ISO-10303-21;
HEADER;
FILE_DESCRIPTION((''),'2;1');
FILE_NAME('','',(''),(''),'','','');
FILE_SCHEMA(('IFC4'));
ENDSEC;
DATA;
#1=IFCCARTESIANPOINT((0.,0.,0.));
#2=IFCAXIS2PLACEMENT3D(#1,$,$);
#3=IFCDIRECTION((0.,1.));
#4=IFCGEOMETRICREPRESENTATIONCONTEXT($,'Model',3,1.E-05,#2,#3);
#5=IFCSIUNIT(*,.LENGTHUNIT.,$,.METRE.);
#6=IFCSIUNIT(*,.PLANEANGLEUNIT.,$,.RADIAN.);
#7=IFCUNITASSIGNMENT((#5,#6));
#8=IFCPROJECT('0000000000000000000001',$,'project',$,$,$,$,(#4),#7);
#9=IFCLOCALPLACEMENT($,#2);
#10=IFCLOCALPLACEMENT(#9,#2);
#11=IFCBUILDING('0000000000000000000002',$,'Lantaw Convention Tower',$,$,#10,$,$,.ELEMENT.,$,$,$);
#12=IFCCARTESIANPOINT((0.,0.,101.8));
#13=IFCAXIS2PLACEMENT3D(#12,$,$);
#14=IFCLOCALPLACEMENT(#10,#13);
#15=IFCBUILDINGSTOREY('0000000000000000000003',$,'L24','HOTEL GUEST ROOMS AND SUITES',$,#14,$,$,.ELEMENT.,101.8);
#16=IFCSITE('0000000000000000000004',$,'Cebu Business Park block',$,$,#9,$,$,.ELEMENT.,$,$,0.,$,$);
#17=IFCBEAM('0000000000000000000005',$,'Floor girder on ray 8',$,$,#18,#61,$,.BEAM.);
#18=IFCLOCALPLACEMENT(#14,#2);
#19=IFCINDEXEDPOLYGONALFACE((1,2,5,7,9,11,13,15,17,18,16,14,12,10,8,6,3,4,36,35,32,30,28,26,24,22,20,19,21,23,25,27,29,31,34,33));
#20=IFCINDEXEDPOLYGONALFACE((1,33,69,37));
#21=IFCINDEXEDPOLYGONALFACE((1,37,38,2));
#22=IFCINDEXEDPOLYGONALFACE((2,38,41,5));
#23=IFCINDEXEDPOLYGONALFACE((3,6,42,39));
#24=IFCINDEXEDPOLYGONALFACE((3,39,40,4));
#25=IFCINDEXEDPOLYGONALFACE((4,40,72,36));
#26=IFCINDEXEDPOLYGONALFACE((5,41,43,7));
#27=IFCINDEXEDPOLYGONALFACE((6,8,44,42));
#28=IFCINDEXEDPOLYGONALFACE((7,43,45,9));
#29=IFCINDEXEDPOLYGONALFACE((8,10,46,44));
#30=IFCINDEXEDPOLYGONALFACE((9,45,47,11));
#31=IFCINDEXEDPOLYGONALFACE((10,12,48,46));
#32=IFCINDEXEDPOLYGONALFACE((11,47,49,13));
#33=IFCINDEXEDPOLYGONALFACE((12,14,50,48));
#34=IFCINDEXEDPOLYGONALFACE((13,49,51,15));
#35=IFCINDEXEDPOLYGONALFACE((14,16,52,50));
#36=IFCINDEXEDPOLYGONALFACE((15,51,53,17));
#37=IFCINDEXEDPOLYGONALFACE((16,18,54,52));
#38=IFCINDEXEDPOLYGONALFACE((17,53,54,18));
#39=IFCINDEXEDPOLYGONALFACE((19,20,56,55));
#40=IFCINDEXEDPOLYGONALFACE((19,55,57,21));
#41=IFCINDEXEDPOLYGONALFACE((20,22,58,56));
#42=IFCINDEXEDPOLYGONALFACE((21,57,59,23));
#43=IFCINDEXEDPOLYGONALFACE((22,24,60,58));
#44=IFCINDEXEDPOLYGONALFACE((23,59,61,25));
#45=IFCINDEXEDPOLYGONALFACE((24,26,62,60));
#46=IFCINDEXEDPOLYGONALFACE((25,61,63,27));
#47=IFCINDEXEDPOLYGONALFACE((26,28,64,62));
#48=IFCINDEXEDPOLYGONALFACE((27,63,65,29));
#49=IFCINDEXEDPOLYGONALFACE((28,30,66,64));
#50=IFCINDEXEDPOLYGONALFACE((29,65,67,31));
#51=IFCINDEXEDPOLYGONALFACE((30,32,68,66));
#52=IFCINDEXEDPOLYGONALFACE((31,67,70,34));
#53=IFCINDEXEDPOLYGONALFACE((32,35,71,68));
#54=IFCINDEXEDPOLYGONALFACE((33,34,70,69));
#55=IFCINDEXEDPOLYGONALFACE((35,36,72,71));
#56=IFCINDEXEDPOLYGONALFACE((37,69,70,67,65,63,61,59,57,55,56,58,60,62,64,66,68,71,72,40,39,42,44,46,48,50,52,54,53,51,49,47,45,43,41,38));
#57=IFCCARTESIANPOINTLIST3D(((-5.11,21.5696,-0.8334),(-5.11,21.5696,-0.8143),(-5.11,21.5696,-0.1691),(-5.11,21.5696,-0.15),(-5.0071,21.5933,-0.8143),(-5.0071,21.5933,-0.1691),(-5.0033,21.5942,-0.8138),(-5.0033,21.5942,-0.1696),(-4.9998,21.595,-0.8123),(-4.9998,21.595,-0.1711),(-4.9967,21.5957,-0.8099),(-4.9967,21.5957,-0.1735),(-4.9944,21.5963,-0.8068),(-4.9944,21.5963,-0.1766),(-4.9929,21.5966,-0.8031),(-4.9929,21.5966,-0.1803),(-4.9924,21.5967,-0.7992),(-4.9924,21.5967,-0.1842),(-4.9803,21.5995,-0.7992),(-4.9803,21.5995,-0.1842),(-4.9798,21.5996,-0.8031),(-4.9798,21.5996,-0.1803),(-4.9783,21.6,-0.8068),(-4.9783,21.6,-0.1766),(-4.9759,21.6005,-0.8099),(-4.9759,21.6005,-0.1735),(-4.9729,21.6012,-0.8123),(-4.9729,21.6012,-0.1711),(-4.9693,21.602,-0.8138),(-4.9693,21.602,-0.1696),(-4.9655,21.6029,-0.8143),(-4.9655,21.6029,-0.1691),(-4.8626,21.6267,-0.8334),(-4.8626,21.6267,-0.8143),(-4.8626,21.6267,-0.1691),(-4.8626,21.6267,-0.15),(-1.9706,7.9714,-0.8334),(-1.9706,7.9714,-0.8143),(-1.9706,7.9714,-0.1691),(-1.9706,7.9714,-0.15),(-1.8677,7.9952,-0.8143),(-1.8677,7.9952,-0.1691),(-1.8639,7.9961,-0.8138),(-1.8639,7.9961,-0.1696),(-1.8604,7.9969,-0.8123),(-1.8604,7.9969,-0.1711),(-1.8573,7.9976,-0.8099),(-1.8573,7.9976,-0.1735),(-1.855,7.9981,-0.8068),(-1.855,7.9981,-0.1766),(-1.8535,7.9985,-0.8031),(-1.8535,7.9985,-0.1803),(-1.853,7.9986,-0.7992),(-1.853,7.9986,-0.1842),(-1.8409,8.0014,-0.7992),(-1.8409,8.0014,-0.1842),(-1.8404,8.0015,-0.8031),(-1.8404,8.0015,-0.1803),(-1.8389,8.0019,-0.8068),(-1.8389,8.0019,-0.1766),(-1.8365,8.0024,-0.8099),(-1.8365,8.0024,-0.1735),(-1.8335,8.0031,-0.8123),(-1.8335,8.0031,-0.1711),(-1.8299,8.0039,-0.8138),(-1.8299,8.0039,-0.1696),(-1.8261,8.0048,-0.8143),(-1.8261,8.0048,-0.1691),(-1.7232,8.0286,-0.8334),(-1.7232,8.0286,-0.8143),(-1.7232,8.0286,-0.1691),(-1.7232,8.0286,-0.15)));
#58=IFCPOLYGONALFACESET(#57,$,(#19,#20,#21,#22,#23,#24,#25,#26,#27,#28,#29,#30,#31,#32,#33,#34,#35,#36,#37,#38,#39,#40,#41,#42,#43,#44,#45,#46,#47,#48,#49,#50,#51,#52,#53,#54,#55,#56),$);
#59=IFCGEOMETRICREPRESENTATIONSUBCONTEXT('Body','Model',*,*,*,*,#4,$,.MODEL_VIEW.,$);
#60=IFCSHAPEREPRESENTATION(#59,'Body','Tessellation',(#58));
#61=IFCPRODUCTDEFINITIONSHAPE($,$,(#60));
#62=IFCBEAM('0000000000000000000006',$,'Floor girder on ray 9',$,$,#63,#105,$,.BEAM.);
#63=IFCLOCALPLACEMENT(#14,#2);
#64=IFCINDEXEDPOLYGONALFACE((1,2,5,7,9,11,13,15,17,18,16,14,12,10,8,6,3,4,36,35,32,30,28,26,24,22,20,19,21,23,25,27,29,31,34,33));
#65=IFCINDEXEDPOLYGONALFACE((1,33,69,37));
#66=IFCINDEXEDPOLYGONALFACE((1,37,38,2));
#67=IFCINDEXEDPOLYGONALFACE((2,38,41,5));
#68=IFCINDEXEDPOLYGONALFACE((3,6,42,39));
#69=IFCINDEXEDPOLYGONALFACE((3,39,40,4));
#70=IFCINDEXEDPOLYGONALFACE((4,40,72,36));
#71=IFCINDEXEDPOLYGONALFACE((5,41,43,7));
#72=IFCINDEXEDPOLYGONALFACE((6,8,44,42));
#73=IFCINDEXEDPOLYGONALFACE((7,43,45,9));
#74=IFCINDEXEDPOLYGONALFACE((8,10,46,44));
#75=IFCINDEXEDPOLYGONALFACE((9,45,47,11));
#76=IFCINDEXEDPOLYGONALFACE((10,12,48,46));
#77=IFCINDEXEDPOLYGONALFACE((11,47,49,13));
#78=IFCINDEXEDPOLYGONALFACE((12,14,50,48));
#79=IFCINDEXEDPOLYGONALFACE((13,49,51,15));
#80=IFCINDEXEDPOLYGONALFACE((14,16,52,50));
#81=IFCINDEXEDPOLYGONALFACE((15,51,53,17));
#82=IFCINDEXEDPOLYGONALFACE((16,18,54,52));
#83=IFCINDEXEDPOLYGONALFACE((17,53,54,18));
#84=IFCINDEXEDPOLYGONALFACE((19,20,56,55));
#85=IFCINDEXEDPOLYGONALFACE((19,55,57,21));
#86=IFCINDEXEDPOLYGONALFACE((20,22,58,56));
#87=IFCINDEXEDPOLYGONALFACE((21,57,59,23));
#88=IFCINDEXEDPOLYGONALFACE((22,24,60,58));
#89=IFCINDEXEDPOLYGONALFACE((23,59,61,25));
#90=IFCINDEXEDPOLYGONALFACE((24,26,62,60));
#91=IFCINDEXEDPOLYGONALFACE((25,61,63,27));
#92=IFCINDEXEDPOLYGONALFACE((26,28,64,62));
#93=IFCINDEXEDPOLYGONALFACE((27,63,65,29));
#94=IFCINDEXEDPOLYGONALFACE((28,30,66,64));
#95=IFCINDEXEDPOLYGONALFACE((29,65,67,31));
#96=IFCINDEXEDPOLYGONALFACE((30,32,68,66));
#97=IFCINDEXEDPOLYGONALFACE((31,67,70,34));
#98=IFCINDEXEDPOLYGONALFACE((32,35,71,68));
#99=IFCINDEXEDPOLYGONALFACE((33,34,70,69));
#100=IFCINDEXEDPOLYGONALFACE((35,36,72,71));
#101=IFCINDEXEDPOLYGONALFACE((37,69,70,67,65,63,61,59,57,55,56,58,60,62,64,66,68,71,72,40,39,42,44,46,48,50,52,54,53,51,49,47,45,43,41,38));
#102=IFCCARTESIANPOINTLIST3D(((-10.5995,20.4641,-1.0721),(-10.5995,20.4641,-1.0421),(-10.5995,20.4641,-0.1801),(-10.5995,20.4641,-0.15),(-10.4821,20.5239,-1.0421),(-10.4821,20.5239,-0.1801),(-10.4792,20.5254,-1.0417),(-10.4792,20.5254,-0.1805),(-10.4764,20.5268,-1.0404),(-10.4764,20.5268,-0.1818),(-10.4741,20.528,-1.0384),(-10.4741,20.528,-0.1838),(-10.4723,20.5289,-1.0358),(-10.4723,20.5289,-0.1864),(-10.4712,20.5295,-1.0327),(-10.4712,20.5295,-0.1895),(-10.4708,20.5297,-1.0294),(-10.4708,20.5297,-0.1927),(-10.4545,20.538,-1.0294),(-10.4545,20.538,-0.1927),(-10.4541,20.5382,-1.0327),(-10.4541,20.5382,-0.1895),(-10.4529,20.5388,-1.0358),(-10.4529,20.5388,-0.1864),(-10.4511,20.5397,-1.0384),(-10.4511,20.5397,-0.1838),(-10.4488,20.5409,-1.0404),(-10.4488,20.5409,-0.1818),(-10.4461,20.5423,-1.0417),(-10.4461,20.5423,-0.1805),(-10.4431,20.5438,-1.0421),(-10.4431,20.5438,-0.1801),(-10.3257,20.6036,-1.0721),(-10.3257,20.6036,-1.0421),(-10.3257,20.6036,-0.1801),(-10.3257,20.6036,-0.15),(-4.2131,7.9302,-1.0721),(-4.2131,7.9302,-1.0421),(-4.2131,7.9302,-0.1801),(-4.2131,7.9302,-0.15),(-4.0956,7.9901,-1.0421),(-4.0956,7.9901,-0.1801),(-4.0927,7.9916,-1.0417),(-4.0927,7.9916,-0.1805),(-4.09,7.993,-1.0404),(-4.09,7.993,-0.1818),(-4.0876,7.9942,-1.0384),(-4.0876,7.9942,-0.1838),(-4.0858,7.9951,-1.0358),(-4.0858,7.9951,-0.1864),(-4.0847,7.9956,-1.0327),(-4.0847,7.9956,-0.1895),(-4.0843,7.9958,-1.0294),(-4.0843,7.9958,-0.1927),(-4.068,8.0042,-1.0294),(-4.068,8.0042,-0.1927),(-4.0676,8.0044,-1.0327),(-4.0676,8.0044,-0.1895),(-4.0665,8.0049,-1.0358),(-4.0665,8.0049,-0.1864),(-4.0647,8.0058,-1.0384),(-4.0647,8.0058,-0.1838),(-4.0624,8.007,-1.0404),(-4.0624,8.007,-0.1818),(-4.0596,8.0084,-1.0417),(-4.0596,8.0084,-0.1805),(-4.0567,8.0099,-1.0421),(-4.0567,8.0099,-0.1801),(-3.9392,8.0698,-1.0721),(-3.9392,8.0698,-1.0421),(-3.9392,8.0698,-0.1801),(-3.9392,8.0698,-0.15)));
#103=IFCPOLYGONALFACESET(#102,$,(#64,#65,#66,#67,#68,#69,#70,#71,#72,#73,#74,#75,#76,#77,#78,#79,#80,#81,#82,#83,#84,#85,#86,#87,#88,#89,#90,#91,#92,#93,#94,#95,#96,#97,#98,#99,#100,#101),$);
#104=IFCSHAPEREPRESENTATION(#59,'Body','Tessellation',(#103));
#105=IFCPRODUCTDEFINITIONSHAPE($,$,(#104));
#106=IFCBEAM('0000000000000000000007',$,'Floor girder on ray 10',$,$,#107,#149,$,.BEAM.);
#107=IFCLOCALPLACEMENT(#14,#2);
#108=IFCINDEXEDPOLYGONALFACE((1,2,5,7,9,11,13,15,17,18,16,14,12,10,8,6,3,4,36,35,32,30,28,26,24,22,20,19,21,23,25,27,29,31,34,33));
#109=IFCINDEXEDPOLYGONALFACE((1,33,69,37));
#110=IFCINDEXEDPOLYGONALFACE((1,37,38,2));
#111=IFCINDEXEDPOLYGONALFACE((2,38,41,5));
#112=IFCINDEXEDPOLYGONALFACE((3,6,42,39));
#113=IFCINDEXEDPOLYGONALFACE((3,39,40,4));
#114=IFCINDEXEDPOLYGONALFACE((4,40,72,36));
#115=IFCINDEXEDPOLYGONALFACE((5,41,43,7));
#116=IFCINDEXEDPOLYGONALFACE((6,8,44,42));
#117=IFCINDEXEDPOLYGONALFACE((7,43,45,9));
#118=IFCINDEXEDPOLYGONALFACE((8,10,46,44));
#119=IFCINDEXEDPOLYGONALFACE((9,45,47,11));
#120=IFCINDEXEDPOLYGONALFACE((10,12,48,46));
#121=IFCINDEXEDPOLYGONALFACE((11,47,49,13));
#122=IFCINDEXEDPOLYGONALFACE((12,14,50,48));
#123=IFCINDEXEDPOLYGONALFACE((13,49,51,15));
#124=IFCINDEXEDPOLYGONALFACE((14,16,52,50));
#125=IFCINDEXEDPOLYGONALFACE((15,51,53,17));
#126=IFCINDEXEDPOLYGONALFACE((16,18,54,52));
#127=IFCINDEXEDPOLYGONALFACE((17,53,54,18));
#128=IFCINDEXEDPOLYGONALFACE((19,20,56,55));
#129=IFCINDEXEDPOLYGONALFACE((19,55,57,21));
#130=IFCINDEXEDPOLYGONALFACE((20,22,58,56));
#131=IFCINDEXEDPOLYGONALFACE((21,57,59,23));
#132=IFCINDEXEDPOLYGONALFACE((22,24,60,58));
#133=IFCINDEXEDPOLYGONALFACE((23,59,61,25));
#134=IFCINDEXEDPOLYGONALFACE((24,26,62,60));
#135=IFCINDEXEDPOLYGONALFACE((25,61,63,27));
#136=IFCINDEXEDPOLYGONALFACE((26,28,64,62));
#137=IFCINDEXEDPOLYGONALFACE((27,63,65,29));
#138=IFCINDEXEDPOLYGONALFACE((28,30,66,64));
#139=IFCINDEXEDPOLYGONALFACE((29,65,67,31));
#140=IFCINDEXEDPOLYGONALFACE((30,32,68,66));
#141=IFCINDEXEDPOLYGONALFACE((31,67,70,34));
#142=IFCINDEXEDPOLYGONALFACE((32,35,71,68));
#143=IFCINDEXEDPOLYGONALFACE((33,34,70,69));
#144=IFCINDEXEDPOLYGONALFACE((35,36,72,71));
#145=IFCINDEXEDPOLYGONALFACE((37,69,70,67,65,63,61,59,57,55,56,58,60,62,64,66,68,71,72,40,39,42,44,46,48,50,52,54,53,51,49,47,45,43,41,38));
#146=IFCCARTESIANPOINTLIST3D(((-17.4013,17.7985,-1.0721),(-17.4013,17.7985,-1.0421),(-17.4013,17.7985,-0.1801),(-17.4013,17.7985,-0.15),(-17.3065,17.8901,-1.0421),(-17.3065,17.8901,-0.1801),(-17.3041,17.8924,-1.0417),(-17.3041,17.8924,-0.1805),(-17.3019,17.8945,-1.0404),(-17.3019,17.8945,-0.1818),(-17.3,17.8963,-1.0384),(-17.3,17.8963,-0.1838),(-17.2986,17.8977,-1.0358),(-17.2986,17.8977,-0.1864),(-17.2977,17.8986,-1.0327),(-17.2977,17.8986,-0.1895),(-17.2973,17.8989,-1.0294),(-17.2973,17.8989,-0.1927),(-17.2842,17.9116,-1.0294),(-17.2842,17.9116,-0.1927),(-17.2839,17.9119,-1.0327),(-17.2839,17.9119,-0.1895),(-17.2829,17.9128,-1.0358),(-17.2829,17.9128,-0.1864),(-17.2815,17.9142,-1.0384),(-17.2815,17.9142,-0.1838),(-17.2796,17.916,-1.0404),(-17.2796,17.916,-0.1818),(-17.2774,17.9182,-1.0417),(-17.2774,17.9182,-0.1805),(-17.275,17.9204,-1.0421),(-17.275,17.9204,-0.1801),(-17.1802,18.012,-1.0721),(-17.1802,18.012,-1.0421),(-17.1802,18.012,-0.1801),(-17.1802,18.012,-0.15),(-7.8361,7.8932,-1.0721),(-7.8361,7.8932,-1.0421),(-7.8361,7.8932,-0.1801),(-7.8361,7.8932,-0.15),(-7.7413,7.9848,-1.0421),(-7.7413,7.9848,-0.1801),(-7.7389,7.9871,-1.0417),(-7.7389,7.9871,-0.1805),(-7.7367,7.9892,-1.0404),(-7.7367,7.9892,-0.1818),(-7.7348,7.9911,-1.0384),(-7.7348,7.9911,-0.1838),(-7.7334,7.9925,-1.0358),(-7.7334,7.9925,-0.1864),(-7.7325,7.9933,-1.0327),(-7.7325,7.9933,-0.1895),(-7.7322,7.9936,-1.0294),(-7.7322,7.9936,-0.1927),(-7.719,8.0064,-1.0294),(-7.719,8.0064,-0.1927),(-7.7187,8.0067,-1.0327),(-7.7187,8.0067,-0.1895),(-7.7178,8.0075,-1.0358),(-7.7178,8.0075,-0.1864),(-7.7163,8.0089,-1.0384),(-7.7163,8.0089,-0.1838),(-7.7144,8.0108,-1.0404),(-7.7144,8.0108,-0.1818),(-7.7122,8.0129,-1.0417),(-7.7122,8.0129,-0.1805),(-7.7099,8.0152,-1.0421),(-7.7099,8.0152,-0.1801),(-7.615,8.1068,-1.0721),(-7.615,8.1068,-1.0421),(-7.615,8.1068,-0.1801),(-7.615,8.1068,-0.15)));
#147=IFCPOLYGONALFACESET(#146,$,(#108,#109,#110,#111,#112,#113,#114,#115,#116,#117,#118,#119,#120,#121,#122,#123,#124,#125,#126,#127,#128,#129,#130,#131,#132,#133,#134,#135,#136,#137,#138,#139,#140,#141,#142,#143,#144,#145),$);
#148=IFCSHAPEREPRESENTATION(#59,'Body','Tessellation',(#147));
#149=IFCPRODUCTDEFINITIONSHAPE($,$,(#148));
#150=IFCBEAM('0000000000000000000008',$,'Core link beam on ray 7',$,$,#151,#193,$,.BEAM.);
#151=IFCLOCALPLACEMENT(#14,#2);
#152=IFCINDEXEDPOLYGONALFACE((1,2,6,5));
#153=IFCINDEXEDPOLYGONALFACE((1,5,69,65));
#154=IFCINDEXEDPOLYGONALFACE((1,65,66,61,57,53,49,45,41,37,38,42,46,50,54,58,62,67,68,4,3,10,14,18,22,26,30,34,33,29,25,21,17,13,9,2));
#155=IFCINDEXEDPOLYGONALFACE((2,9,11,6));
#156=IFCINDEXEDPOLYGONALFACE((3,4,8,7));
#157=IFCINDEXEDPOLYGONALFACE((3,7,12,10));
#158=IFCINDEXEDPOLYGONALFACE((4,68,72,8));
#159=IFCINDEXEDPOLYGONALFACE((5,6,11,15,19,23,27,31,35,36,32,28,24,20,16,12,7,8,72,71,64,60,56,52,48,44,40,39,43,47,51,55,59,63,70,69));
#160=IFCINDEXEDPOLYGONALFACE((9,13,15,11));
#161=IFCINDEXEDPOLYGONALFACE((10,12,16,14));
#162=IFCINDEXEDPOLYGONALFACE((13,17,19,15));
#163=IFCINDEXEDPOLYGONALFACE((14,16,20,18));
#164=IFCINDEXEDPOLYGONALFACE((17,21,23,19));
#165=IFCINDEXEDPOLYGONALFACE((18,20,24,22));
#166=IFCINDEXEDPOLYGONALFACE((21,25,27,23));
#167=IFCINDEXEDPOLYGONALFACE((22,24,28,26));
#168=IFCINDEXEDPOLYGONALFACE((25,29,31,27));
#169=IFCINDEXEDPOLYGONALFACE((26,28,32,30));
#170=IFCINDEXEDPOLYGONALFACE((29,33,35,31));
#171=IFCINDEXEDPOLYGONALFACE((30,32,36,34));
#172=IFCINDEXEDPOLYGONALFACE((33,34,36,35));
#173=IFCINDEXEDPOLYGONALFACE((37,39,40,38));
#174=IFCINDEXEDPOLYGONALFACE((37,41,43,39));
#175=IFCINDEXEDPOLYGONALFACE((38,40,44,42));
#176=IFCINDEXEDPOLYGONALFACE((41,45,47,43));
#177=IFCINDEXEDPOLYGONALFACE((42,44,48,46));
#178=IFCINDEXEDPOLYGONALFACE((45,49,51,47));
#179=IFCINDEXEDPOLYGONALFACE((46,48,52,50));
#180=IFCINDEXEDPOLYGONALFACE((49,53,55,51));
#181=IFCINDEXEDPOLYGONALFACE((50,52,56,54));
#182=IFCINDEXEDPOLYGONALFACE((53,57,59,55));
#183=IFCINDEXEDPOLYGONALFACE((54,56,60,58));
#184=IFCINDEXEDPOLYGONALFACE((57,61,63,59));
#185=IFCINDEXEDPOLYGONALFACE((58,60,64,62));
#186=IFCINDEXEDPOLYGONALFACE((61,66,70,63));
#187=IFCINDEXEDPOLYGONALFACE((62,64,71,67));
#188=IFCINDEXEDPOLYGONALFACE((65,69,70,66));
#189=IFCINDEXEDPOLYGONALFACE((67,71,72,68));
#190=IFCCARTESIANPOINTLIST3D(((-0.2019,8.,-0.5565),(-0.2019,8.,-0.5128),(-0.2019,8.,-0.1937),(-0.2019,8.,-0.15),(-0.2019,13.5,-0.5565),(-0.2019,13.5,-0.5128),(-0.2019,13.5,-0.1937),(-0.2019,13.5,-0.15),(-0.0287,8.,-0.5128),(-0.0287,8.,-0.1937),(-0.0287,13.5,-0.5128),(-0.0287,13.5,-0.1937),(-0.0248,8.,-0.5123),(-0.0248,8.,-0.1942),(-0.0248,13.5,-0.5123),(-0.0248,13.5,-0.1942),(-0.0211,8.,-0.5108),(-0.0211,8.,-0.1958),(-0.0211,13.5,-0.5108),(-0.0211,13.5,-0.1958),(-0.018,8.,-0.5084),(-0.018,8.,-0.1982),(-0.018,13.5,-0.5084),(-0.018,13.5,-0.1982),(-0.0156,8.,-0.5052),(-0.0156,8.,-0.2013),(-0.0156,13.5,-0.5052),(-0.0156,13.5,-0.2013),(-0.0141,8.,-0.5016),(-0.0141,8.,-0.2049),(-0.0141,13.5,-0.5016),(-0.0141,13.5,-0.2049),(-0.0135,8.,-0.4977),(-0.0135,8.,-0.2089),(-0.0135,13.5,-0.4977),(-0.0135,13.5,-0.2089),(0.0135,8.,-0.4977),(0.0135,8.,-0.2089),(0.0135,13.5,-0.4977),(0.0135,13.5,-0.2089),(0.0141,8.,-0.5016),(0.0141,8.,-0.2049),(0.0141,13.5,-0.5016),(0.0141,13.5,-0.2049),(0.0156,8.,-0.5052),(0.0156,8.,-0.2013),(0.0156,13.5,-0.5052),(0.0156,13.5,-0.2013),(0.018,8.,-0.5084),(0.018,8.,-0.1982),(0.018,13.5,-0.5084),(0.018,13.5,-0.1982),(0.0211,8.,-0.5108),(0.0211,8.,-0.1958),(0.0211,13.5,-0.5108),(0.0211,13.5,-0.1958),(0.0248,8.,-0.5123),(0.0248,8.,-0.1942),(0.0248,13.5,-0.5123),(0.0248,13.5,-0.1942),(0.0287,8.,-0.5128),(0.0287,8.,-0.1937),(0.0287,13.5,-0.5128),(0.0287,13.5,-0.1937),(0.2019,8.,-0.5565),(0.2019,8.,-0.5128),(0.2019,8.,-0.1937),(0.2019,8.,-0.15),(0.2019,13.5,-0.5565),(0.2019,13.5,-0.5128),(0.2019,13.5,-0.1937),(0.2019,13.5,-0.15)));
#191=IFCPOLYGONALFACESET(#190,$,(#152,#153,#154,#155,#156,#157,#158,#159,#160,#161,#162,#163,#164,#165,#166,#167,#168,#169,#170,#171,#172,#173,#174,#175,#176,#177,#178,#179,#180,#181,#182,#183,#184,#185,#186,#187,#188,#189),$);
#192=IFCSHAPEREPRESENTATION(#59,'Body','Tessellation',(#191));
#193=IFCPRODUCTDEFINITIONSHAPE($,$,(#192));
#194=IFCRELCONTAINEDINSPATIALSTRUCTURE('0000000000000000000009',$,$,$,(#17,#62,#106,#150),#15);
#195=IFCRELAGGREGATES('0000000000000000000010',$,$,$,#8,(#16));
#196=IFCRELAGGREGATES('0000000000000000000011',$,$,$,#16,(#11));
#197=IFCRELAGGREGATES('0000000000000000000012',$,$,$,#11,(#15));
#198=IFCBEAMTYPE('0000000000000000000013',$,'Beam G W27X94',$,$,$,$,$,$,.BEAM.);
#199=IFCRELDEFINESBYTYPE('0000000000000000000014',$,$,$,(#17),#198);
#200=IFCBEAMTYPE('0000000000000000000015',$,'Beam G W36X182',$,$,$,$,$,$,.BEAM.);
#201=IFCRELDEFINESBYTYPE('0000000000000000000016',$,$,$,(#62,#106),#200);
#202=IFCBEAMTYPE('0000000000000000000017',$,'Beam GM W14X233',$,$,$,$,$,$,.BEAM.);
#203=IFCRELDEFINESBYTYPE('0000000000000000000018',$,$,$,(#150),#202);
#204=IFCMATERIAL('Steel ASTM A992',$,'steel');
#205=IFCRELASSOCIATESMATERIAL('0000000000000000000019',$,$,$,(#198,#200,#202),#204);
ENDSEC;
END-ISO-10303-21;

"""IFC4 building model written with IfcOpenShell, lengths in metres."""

from ifc_helpers import new_model, si_unit, direction, frame, origin, origin_2d, place, context, subcontext, project, spatial, i_section, extrude, material, material_profile, profile_set, type_object, element, save


model = new_model("IFC4")

# Units and contexts
model_context = context("Model", 3, precision=1e-05, world=origin(), true_north=direction((0.0, 1.0)))
body_context = subcontext(model_context, "Body", "Model", "MODEL_VIEW")
ifc_project = project(units=[si_unit("LENGTHUNIT", "METRE"), si_unit("PLANEANGLEUNIT", "RADIAN")], contexts=[model_context])

# Site, building, storey
site_placement = place(None, origin())
site = spatial("IfcSite", under=ifc_project, at=site_placement, Name="Cebu Business Park block", CompositionType="ELEMENT", RefElevation=0.0)
building_placement = place(site_placement, origin())
building = spatial("IfcBuilding", under=site, at=building_placement, Name="Lantaw Convention Tower", CompositionType="ELEMENT")
storey_placement = place(building_placement, frame((0.0, 0.0, 101.8)))
storey = spatial("IfcBuildingStorey", under=building, at=storey_placement, Name="L24", Description="HOTEL GUEST ROOMS AND SUITES", CompositionType="ELEMENT", Elevation=101.8)

# Beams
ifc_material_1 = material(Name="Steel ASTM A992", Category="steel")
ifc_material_profile_1 = material_profile(ifc_material_1, i_section(OverallWidth=0.2539, OverallDepth=0.6833, WebThickness=0.0125, FlangeThickness=0.019, FilletRadius=0.0151, at=origin_2d()), Name="W27X94")
ifc_profile_set_1 = profile_set([ifc_material_profile_1], Name="Steel ASTM A992")
beam_type_1 = type_object("IfcBeamType", Name="Beam G W27X94", PredefinedType="BEAM", material=ifc_profile_set_1)
beam_1_placement = place(storey_placement, frame((-1.8469, 8.0, -0.4917), z_axis=(-0.224953, 0.97437, 0.0), x_axis=(-0.97437, -0.224953, 0.0)))
element("IfcBeam", 1, at=beam_1_placement, inside=storey, type_object=beam_type_1, Name="Floor girder on ray 8", PredefinedType="BEAM", context=body_context, shape_type="SweptSolid", body=[
    extrude(i_section(OverallWidth=0.2539, OverallDepth=0.6833, WebThickness=0.0125, FlangeThickness=0.019, FilletRadius=0.0151, at=origin_2d()), origin(), (0.0, 0.0, 1.0), 13.9558),
])
ifc_material_profile_2 = material_profile(ifc_material_1, i_section(OverallWidth=0.3074, OverallDepth=0.9221, WebThickness=0.0183, FlangeThickness=0.03, FilletRadius=0.0127, at=origin_2d()), Name="W36X182")
ifc_profile_set_2 = profile_set([ifc_material_profile_2], Name="Steel ASTM A992")
beam_type_2 = type_object("IfcBeamType", Name="Beam G W36X182", PredefinedType="BEAM", material=ifc_profile_set_2)
beam_2_placement = place(storey_placement, frame((-4.0762, 8.0, -0.6111), z_axis=(-0.453997, 0.891003, 0.0), x_axis=(-0.891003, -0.453997, 0.0)))
element("IfcBeam", 2, at=beam_2_placement, inside=storey, type_object=beam_type_2, Name="Floor girder on ray 9", PredefinedType="BEAM", context=body_context, shape_type="SweptSolid", body=[
    extrude(i_section(OverallWidth=0.3074, OverallDepth=0.9221, WebThickness=0.0183, FlangeThickness=0.03, FilletRadius=0.0127, at=origin_2d()), origin(), (0.0, 0.0, 1.0), 14.0671),
])
beam_3_placement = place(storey_placement, frame((-7.7256, 8.0, -0.6111), z_axis=(-0.69465, 0.719348, 0.0), x_axis=(-0.719348, -0.69465, 0.0)))
element("IfcBeam", 3, at=beam_3_placement, inside=storey, type_object=beam_type_2, Name="Floor girder on ray 10", PredefinedType="BEAM", context=body_context, shape_type="SweptSolid", body=[
    extrude(i_section(OverallWidth=0.3074, OverallDepth=0.9221, WebThickness=0.0183, FlangeThickness=0.03, FilletRadius=0.0127, at=origin_2d()), origin(), (0.0, 0.0, 1.0), 13.7698),
])
ifc_material_profile_3 = material_profile(ifc_material_1, i_section(OverallWidth=0.4038, OverallDepth=0.4065, WebThickness=0.0271, FlangeThickness=0.0437, FilletRadius=0.0151, at=origin_2d()), Name="W14X233")
ifc_profile_set_3 = profile_set([ifc_material_profile_3], Name="Steel ASTM A992")
beam_type_3 = type_object("IfcBeamType", Name="Beam GM W14X233", PredefinedType="BEAM", material=ifc_profile_set_3)
beam_4_placement = place(storey_placement, frame((0.0, 8.0, -0.3533), z_axis=(0.0, 1.0, 0.0), x_axis=(-1.0, 0.0, 0.0)))
element("IfcBeam", 4, at=beam_4_placement, inside=storey, type_object=beam_type_3, Name="Core link beam on ray 7", PredefinedType="BEAM", context=body_context, shape_type="SweptSolid", body=[
    extrude(i_section(OverallWidth=0.4038, OverallDepth=0.4065, WebThickness=0.0271, FlangeThickness=0.0437, FilletRadius=0.0151, at=origin_2d()), origin(), (0.0, 0.0, 1.0), 5.5),
])

save(model, "model.ifc")
